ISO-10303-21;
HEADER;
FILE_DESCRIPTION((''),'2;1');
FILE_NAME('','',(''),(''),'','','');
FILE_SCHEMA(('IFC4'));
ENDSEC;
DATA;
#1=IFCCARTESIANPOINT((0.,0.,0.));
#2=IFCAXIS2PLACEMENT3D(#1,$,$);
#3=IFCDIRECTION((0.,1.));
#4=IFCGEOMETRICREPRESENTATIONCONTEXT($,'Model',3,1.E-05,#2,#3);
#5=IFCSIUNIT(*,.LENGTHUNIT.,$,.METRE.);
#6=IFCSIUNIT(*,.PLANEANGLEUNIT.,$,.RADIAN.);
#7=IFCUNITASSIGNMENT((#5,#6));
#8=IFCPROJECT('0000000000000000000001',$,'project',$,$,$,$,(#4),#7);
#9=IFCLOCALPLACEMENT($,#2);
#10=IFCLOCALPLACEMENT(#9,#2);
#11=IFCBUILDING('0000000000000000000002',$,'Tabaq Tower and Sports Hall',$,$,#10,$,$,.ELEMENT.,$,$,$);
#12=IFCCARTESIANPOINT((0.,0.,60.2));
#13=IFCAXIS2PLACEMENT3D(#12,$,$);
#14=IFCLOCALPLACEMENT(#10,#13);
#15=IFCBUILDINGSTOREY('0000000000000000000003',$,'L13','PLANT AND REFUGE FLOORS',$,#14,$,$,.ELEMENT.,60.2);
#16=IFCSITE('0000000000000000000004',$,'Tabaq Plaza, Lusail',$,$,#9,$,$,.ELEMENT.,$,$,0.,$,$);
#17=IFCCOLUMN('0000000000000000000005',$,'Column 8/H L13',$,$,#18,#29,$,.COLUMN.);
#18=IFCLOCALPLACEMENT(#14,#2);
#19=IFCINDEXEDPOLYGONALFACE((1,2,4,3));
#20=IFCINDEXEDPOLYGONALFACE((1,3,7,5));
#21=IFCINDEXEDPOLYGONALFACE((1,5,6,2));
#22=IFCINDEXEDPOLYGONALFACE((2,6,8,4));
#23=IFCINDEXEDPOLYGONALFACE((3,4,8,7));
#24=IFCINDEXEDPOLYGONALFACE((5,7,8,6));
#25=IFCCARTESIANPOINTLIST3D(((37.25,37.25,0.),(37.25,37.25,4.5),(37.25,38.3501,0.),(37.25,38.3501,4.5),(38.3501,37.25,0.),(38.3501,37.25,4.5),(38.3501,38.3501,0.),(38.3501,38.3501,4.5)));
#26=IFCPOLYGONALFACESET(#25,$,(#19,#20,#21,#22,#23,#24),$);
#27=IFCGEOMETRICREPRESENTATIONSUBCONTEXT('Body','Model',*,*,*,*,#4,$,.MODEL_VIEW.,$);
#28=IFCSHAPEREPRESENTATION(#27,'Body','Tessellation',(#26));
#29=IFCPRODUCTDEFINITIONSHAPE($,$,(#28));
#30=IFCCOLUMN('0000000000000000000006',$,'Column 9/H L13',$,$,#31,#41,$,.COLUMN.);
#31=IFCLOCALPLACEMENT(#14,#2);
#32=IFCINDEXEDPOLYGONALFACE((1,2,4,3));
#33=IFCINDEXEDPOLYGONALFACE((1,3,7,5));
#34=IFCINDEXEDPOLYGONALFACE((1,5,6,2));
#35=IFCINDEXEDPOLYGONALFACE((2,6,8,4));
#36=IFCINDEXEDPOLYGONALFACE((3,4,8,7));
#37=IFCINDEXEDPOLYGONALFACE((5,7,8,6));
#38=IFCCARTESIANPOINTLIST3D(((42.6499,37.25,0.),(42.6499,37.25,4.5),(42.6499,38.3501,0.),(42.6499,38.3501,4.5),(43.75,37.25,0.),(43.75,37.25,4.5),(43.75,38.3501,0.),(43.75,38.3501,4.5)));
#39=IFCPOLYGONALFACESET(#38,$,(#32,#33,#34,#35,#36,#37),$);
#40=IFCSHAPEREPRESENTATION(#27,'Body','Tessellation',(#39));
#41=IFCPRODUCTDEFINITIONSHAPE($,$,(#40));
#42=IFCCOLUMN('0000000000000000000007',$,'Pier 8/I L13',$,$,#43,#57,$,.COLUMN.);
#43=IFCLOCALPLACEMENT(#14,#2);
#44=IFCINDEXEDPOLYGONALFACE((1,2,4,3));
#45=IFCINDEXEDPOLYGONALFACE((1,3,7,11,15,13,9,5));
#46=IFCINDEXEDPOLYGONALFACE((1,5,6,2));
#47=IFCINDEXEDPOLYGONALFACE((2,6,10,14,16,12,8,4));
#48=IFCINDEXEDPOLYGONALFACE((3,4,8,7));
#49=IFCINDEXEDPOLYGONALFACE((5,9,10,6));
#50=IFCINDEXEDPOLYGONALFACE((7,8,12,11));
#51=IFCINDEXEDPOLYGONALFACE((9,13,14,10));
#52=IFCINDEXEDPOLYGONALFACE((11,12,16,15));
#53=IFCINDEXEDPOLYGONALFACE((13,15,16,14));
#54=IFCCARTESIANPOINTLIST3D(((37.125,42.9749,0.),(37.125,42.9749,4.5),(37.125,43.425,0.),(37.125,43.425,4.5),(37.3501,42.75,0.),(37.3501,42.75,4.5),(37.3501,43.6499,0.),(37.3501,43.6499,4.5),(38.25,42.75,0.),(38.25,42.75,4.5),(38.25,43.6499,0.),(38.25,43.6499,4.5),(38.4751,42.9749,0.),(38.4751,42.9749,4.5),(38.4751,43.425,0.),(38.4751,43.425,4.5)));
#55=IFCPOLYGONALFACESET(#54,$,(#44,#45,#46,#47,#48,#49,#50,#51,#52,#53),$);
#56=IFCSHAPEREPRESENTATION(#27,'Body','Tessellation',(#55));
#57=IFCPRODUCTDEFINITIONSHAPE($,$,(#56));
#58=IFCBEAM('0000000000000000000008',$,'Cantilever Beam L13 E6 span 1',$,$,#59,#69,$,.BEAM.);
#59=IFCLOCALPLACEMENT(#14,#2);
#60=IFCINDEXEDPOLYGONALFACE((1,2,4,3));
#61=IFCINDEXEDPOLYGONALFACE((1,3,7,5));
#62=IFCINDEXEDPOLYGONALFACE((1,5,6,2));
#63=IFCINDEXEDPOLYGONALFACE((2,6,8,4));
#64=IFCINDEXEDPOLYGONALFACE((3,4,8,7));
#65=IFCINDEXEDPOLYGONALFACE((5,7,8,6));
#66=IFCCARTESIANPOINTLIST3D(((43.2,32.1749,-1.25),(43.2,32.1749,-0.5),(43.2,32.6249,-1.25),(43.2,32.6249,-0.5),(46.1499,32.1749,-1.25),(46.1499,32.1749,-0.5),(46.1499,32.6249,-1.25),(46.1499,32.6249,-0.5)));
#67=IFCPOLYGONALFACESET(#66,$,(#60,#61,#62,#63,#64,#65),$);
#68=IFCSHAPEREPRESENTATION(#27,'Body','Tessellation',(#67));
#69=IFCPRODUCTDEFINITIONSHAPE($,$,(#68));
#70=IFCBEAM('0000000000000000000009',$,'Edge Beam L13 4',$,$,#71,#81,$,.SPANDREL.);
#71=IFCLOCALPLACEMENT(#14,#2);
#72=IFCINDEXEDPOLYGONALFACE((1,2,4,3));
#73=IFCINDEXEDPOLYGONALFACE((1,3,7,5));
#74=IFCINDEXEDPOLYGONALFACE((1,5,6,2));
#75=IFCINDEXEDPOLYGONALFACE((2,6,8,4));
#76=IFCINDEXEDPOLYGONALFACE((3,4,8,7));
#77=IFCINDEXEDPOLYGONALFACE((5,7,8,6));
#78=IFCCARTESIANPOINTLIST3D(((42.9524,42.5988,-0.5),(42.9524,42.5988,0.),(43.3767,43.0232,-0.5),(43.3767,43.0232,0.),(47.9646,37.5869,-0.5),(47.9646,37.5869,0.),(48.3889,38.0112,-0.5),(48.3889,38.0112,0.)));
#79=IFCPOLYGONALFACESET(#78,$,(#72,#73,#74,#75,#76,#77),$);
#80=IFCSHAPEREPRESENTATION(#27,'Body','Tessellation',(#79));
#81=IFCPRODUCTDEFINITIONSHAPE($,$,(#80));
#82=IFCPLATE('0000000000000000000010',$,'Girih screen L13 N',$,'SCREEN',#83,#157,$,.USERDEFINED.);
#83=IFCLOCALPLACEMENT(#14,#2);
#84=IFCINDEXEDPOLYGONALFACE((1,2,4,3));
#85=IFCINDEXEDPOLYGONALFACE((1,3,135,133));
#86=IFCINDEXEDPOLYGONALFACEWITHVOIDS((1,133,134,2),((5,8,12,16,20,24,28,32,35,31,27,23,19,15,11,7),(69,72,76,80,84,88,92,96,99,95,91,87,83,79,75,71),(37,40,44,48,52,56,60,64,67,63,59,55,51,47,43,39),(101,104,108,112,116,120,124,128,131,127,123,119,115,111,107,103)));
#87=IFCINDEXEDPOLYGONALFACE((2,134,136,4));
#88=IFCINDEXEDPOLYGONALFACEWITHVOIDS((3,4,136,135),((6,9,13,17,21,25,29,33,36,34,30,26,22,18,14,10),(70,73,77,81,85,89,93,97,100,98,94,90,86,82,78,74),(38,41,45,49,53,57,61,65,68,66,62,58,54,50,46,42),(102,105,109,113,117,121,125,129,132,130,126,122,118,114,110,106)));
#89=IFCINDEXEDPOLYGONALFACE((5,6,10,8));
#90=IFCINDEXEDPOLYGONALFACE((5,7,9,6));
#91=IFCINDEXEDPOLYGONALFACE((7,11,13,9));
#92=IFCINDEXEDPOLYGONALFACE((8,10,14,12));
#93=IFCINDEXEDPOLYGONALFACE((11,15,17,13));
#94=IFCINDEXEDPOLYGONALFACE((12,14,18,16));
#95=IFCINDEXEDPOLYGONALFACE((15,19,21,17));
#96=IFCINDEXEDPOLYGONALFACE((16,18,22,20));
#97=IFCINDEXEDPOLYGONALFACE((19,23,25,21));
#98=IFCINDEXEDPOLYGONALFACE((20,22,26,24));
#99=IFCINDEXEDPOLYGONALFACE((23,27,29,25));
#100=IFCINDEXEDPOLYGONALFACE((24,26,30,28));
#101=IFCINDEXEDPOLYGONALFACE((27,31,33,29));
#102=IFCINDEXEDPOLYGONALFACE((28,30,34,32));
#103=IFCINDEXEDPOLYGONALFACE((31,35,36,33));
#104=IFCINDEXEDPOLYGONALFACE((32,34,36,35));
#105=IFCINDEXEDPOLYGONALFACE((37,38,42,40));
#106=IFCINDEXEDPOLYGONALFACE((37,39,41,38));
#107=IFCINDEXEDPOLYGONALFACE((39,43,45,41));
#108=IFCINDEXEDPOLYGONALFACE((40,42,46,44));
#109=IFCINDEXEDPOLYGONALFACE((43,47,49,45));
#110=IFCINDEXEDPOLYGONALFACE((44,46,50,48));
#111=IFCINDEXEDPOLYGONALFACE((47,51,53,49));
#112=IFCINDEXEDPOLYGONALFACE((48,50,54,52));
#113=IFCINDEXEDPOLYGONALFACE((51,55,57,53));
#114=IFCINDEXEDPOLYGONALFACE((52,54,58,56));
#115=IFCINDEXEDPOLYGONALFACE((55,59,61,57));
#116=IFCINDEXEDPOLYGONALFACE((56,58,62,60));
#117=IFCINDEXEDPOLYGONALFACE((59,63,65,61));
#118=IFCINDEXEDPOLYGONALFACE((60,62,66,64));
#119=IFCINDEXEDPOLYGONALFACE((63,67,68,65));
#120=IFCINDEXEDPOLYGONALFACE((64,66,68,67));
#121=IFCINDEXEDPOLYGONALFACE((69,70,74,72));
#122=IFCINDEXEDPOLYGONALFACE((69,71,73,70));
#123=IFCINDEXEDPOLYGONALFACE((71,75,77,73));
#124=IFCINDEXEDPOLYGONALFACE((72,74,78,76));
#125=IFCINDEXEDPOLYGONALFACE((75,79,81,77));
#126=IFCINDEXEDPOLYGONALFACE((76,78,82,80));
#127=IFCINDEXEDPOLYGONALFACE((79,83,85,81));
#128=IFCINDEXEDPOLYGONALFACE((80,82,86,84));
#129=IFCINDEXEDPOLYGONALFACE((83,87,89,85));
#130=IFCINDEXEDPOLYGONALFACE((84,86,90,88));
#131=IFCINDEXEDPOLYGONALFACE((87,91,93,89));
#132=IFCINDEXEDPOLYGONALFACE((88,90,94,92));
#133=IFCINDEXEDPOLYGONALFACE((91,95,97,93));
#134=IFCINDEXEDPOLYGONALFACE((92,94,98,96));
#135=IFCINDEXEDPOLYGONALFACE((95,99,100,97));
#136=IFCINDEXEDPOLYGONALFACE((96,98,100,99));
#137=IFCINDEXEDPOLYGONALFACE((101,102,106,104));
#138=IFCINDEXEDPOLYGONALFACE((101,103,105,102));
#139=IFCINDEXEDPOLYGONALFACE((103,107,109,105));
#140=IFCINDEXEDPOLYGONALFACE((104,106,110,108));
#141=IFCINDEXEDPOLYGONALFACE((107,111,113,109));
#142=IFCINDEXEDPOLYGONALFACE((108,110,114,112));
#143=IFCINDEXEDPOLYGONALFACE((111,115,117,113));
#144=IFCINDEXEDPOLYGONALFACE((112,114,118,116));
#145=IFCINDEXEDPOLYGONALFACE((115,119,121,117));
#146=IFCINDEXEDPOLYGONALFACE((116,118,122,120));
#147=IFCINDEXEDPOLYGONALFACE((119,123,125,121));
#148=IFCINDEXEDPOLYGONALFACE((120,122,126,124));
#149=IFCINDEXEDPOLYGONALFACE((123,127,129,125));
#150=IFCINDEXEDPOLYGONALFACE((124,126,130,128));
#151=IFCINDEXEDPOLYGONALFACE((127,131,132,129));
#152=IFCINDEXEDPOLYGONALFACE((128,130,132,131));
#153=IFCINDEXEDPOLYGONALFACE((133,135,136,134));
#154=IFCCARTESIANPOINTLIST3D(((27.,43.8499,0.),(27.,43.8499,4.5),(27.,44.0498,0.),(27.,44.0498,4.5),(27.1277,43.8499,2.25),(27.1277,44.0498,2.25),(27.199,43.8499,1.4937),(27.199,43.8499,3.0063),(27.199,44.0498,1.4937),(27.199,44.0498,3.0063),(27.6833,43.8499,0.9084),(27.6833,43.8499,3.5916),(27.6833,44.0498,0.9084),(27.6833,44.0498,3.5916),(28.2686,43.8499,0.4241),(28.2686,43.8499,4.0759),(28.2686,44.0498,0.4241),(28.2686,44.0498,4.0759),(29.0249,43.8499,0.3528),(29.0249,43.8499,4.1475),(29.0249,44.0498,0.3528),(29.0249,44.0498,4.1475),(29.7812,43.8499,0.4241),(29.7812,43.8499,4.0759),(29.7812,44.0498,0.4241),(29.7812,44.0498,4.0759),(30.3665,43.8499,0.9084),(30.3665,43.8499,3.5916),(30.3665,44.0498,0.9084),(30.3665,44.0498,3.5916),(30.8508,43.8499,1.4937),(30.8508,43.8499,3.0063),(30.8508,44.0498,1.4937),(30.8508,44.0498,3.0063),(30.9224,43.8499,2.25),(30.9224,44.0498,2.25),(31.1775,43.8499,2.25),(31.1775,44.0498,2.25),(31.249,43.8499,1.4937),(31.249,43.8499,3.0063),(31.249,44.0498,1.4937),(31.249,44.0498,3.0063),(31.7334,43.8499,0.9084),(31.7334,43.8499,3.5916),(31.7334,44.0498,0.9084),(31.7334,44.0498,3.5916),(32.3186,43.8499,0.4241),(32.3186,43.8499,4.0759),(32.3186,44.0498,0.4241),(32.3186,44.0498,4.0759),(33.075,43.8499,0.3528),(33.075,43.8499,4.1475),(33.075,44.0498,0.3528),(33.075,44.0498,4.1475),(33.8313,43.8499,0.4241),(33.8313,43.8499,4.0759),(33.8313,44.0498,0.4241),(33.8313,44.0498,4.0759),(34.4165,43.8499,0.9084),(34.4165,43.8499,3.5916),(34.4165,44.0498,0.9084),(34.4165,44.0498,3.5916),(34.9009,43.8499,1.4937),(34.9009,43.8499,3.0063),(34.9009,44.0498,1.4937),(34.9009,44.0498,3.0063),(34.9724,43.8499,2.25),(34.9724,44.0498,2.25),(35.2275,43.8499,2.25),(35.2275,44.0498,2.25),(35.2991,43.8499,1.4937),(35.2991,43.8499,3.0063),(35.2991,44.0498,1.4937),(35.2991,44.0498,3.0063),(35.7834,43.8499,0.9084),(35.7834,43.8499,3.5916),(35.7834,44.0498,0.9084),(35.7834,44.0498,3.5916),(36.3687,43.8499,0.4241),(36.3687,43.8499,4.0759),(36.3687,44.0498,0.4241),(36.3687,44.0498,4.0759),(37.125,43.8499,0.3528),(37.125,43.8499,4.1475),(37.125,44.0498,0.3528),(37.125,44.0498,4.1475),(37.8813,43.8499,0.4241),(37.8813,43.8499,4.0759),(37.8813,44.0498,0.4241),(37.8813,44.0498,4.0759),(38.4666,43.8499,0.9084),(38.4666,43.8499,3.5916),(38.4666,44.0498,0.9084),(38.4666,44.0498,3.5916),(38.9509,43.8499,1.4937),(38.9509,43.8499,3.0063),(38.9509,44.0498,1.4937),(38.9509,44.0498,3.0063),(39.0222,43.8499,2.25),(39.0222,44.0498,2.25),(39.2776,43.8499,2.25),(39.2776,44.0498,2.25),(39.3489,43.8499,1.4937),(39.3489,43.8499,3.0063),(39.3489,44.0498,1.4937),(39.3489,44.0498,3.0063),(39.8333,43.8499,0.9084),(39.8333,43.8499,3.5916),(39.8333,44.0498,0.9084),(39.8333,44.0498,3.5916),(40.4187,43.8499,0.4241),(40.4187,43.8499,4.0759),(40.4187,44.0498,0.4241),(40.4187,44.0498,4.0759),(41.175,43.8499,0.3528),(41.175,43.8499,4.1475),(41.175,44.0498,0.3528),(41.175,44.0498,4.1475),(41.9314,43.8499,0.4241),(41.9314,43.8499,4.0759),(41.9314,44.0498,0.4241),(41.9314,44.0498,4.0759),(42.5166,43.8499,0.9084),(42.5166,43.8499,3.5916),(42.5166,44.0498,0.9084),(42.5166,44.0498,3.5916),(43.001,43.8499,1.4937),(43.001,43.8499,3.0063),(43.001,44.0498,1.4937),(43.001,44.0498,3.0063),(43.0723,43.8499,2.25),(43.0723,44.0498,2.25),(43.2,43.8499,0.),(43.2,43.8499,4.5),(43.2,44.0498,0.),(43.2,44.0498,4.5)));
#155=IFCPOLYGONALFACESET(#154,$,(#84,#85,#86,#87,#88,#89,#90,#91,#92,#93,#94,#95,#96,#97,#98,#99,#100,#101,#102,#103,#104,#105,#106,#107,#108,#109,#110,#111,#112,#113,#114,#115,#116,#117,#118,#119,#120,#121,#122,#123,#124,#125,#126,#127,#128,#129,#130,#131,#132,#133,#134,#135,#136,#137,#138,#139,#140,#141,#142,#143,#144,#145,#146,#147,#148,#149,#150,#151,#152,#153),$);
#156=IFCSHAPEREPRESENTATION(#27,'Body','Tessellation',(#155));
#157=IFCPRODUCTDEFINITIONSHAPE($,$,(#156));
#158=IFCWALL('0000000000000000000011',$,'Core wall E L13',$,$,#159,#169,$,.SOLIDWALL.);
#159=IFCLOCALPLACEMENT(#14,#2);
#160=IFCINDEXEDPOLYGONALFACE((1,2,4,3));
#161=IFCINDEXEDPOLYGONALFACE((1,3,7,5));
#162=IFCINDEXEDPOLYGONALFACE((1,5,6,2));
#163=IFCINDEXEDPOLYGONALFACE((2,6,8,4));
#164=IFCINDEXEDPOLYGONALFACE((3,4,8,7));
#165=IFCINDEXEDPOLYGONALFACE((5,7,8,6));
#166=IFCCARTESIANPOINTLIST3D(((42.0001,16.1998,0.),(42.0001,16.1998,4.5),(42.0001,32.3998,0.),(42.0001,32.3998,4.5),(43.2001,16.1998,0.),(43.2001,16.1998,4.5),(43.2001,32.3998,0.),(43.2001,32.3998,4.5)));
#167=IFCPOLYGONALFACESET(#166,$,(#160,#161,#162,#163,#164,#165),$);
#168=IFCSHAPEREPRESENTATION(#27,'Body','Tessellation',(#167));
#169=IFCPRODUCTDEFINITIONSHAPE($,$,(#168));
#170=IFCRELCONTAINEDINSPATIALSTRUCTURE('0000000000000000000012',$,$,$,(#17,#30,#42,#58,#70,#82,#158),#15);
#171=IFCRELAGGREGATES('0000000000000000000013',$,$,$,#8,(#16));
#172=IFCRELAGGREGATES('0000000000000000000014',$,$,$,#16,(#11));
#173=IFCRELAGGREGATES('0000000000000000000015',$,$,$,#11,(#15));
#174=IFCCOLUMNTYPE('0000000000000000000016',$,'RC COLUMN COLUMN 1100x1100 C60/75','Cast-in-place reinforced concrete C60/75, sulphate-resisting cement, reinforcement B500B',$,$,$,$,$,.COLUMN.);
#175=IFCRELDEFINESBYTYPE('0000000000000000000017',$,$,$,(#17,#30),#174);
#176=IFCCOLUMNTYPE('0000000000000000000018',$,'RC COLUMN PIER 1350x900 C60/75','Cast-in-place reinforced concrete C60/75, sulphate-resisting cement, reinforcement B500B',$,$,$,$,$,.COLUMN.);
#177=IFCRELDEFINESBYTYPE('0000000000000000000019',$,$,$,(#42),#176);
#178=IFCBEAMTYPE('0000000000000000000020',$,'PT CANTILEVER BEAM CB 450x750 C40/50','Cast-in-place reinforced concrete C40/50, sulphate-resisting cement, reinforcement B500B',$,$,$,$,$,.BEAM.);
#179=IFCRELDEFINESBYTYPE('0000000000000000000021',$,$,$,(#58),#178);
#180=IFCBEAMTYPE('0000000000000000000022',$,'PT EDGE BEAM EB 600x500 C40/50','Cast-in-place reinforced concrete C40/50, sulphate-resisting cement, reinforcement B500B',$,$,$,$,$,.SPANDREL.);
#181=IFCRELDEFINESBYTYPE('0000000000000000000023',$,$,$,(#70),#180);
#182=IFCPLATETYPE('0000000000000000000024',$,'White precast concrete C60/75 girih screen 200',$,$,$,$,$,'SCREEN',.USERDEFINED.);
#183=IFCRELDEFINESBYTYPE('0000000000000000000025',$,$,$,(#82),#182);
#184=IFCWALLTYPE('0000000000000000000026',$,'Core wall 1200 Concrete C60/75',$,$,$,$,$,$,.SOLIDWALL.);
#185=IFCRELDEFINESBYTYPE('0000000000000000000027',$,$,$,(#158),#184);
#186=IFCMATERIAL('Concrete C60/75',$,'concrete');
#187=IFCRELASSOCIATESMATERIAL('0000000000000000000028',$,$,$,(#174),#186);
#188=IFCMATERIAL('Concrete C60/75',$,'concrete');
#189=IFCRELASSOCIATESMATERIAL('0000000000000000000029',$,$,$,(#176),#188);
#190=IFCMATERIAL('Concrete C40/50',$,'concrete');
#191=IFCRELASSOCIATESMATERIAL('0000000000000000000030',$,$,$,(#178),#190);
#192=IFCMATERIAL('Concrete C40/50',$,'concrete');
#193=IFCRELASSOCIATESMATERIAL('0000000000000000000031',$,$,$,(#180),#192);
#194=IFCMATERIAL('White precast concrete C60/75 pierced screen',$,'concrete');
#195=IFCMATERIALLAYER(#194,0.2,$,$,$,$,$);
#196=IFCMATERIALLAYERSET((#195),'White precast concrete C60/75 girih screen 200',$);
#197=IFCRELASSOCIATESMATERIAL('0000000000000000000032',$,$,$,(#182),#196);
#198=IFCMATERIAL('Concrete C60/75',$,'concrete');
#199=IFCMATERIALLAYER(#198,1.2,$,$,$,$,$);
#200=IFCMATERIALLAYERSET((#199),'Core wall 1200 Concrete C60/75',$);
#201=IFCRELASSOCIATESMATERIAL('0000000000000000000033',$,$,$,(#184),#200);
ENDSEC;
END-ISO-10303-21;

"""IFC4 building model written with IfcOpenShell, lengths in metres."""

from ifc_helpers import new_model, si_unit, direction, frame, frame_2d, origin, origin_2d, place, context, subcontext, project, spatial, polyline, rectangle, outline, extrude, material, layer, layer_set, material_profile, profile_set, type_object, element, save


model = new_model("IFC4")

# Units and contexts
model_context = context("Model", 3, precision=1e-05, world=origin(), true_north=direction((0.0, 1.0)))
body_context = subcontext(model_context, "Body", "Model", "MODEL_VIEW")
ifc_project = project(units=[si_unit("LENGTHUNIT", "METRE"), si_unit("PLANEANGLEUNIT", "RADIAN")], contexts=[model_context])

# Site, building, storey
site_placement = place(None, origin())
site = spatial("IfcSite", under=ifc_project, at=site_placement, Name="Tabaq Plaza, Lusail", CompositionType="ELEMENT", RefElevation=0.0)
building_placement = place(site_placement, origin())
building = spatial("IfcBuilding", under=site, at=building_placement, Name="Tabaq Tower and Sports Hall", CompositionType="ELEMENT")
storey_placement = place(building_placement, frame((0.0, 0.0, 60.2)))
storey = spatial("IfcBuildingStorey", under=building, at=storey_placement, Name="L13", Description="PLANT AND REFUGE FLOORS", CompositionType="ELEMENT", Elevation=60.2)

# Columns
ifc_material_1 = material(Name="Concrete C60/75", Category="concrete")
ifc_material_profile_1 = material_profile(ifc_material_1, rectangle(XDim=1.1001, YDim=1.1001, at=origin_2d()), Name="COLUMN 1100x1100")
ifc_profile_set_1 = profile_set([ifc_material_profile_1], Name="Concrete C60/75")
column_type_1 = type_object("IfcColumnType", Name="RC COLUMN COLUMN 1100x1100 C60/75", Description="Cast-in-place reinforced concrete C60/75, sulphate-resisting cement, reinforcement B500B", PredefinedType="COLUMN", material=ifc_profile_set_1)
for number, where, z_axis, x_axis, name in (
    (1, (37.8, 37.8, 0.0), (0.0, 0.0, 1.0), (1.0, 0.0, 0.0), "Column 8/H L13"),
    (2, (43.2, 37.8, 0.0), (0.0, 0.0, 1.0), (1.0, 0.0, 0.0), "Column 9/H L13"),
):
    element("IfcColumn", number, at=place(storey_placement, frame(where, z_axis=z_axis, x_axis=x_axis)), inside=storey, type_object=column_type_1, Name=name, PredefinedType="COLUMN", context=body_context, shape_type="SweptSolid", body=[
        extrude(rectangle(XDim=1.1001, YDim=1.1001, at=origin_2d()), origin(), (0.0, 0.0, 1.0), 4.5),
    ])
ifc_material_2 = material(Name="Concrete C60/75", Category="concrete")
ifc_material_profile_2 = material_profile(ifc_material_2, outline(polyline([(-0.45, -0.45), (0.45, -0.45), (0.675, -0.2251), (0.675, 0.2251), (0.45, 0.45), (-0.45, 0.45), (-0.675, 0.2251), (-0.675, -0.2251), (-0.45, -0.45)])), Name="PIER 1350x900")
ifc_profile_set_2 = profile_set([ifc_material_profile_2], Name="Concrete C60/75")
column_type_2 = type_object("IfcColumnType", Name="RC COLUMN PIER 1350x900 C60/75", Description="Cast-in-place reinforced concrete C60/75, sulphate-resisting cement, reinforcement B500B", PredefinedType="COLUMN", material=ifc_profile_set_2)
column_placement = place(storey_placement, frame((37.8, 43.2, 0.0), z_axis=(0.0, 0.0, 1.0), x_axis=(1.0, 0.0, 0.0)))
element("IfcColumn", 3, at=column_placement, inside=storey, type_object=column_type_2, Name="Pier 8/I L13", PredefinedType="COLUMN", context=body_context, shape_type="SweptSolid", body=[
    extrude(outline(polyline([(-0.45, -0.45), (0.45, -0.45), (0.675, -0.2251), (0.675, 0.2251), (0.45, 0.45), (-0.45, 0.45), (-0.675, 0.2251), (-0.675, -0.2251), (-0.45, -0.45)])), origin(), (0.0, 0.0, 1.0), 4.5),
])

# Beams
ifc_material_3 = material(Name="Concrete C40/50", Category="concrete")
ifc_material_profile_3 = material_profile(ifc_material_3, rectangle(XDim=0.45, YDim=0.75, at=origin_2d()), Name="CB 450x750")
ifc_profile_set_3 = profile_set([ifc_material_profile_3], Name="Concrete C40/50")
beam_type_1 = type_object("IfcBeamType", Name="PT CANTILEVER BEAM CB 450x750 C40/50", Description="Cast-in-place reinforced concrete C40/50, sulphate-resisting cement, reinforcement B500B", PredefinedType="BEAM", material=ifc_profile_set_3)
beam_1_placement = place(storey_placement, frame((46.1499, 32.3999, -0.875), z_axis=(-1.0, 0.0, 0.0), x_axis=(0.0, -1.0, 0.0)))
element("IfcBeam", 4, at=beam_1_placement, inside=storey, type_object=beam_type_1, Name="Cantilever Beam L13 E6 span 1", PredefinedType="BEAM", context=body_context, shape_type="SweptSolid", body=[
    extrude(rectangle(XDim=0.45, YDim=0.75, at=origin_2d()), origin(), (0.0, 0.0, 1.0), 2.95),
])
ifc_material_4 = material(Name="Concrete C40/50", Category="concrete")
ifc_material_profile_4 = material_profile(ifc_material_4, rectangle(XDim=0.6001, YDim=0.5, at=origin_2d()), Name="EB 600x500")
ifc_profile_set_4 = profile_set([ifc_material_profile_4], Name="Concrete C40/50")
beam_type_2 = type_object("IfcBeamType", Name="PT EDGE BEAM EB 600x500 C40/50", Description="Cast-in-place reinforced concrete C40/50, sulphate-resisting cement, reinforcement B500B", PredefinedType="SPANDREL", material=ifc_profile_set_4)
beam_2_placement = place(storey_placement, frame((48.1768, 37.7991, -0.25), z_axis=(-0.707124, 0.70709, 0.0), x_axis=(-0.70709, -0.707124, 0.0)))
element("IfcBeam", 5, at=beam_2_placement, inside=storey, type_object=beam_type_2, Name="Edge Beam L13 4", PredefinedType="SPANDREL", context=body_context, shape_type="SweptSolid", body=[
    extrude(rectangle(XDim=0.6001, YDim=0.5, at=origin_2d()), origin(), (0.0, 0.0, 1.0), 7.0881),
])

# Plate
ifc_material_5 = material(Name="White precast concrete C60/75 pierced screen", Category="concrete")
ifc_layer_1 = layer(ifc_material_5, 0.2)
ifc_layer_set_1 = layer_set([ifc_layer_1], Name="White precast concrete C60/75 girih screen 200")
plate_type_1 = type_object("IfcPlateType", Name="White precast concrete C60/75 girih screen 200", ElementType="SCREEN", PredefinedType="USERDEFINED", material=ifc_layer_set_1)
plate_1_placement = place(storey_placement, frame((43.2, 43.95, 0.0), z_axis=(0.0, 0.0, 1.0), x_axis=(-1.0, 0.0, 0.0)))
element("IfcPlate", 6, at=plate_1_placement, inside=storey, type_object=plate_type_1, Name="Girih screen L13 N", ObjectType="SCREEN", PredefinedType="USERDEFINED", context=body_context, shape_type="SweptSolid", body=[
    extrude(outline(polyline([(0.0, 0.0), (16.2, 0.0), (16.2, 4.5), (0.0, 4.5), (0.0, 0.0)]), holes=[polyline([(3.8511, 3.0063), (3.3667, 3.5916), (2.7812, 4.0759), (2.0249, 4.1475), (1.2686, 4.0759), (0.6833, 3.5916), (0.199, 3.0063), (0.1277, 2.25), (0.199, 1.4937), (0.6833, 0.9084), (1.2686, 0.4241), (2.0249, 0.3528), (2.7812, 0.4241), (3.3667, 0.9084), (3.8511, 1.4937), (3.9224, 2.25), (3.8511, 3.0063)]), polyline([(7.9009, 3.0063), (7.4165, 3.5916), (6.8313, 4.0759), (6.075, 4.1475), (5.3186, 4.0759), (4.7334, 3.5916), (4.249, 3.0063), (4.1777, 2.25), (4.249, 1.4937), (4.7334, 0.9084), (5.3186, 0.4241), (6.075, 0.3528), (6.8313, 0.4241), (7.4165, 0.9084), (7.9009, 1.4937), (7.9724, 2.25), (7.9009, 3.0063)]), polyline([(11.9509, 3.0063), (11.4666, 3.5916), (10.8813, 4.0759), (10.125, 4.1475), (9.3687, 4.0759), (8.7834, 3.5916), (8.2991, 3.0063), (8.2275, 2.25), (8.2991, 1.4937), (8.7834, 0.9084), (9.3687, 0.4241), (10.125, 0.3528), (10.8813, 0.4241), (11.4666, 0.9084), (11.9509, 1.4937), (12.0225, 2.25), (11.9509, 3.0063)]), polyline([(16.001, 3.0063), (15.5166, 3.5916), (14.9314, 4.0759), (14.175, 4.1475), (13.4187, 4.0759), (12.8335, 3.5916), (12.3491, 3.0063), (12.2776, 2.25), (12.3491, 1.4937), (12.8335, 0.9084), (13.4187, 0.4241), (14.175, 0.3528), (14.9314, 0.4241), (15.5166, 0.9084), (16.001, 1.4937), (16.0723, 2.25), (16.001, 3.0063)])]), frame((0.0, 0.1001, 0.0), z_axis=(0.0, -1.0, 0.0), x_axis=(1.0, 0.0, 0.0)), (0.0, 0.0, 1.0), 0.2),
])

# Wall
ifc_material_6 = material(Name="Concrete C60/75", Category="concrete")
ifc_layer_2 = layer(ifc_material_6, 1.2)
ifc_layer_set_2 = layer_set([ifc_layer_2], Name="Core wall 1200 Concrete C60/75")
wall_type_1 = type_object("IfcWallType", Name="Core wall 1200 Concrete C60/75", PredefinedType="SOLIDWALL", material=ifc_layer_set_2)
wall_1_placement = place(storey_placement, frame((42.6001, 32.3999, 0.0), z_axis=(0.0, 0.0, 1.0), x_axis=(0.0, -1.0, 0.0)))
element("IfcWall", 7, at=wall_1_placement, inside=storey, type_object=wall_type_1, Name="Core wall E L13", PredefinedType="SOLIDWALL", context=body_context, shape_type="SweptSolid", body=[
    extrude(rectangle(XDim=16.2, YDim=1.2, at=frame_2d((8.1001, 0.0))), origin(), (0.0, 0.0, 1.0), 4.5),
])

save(model, "model.ifc")
